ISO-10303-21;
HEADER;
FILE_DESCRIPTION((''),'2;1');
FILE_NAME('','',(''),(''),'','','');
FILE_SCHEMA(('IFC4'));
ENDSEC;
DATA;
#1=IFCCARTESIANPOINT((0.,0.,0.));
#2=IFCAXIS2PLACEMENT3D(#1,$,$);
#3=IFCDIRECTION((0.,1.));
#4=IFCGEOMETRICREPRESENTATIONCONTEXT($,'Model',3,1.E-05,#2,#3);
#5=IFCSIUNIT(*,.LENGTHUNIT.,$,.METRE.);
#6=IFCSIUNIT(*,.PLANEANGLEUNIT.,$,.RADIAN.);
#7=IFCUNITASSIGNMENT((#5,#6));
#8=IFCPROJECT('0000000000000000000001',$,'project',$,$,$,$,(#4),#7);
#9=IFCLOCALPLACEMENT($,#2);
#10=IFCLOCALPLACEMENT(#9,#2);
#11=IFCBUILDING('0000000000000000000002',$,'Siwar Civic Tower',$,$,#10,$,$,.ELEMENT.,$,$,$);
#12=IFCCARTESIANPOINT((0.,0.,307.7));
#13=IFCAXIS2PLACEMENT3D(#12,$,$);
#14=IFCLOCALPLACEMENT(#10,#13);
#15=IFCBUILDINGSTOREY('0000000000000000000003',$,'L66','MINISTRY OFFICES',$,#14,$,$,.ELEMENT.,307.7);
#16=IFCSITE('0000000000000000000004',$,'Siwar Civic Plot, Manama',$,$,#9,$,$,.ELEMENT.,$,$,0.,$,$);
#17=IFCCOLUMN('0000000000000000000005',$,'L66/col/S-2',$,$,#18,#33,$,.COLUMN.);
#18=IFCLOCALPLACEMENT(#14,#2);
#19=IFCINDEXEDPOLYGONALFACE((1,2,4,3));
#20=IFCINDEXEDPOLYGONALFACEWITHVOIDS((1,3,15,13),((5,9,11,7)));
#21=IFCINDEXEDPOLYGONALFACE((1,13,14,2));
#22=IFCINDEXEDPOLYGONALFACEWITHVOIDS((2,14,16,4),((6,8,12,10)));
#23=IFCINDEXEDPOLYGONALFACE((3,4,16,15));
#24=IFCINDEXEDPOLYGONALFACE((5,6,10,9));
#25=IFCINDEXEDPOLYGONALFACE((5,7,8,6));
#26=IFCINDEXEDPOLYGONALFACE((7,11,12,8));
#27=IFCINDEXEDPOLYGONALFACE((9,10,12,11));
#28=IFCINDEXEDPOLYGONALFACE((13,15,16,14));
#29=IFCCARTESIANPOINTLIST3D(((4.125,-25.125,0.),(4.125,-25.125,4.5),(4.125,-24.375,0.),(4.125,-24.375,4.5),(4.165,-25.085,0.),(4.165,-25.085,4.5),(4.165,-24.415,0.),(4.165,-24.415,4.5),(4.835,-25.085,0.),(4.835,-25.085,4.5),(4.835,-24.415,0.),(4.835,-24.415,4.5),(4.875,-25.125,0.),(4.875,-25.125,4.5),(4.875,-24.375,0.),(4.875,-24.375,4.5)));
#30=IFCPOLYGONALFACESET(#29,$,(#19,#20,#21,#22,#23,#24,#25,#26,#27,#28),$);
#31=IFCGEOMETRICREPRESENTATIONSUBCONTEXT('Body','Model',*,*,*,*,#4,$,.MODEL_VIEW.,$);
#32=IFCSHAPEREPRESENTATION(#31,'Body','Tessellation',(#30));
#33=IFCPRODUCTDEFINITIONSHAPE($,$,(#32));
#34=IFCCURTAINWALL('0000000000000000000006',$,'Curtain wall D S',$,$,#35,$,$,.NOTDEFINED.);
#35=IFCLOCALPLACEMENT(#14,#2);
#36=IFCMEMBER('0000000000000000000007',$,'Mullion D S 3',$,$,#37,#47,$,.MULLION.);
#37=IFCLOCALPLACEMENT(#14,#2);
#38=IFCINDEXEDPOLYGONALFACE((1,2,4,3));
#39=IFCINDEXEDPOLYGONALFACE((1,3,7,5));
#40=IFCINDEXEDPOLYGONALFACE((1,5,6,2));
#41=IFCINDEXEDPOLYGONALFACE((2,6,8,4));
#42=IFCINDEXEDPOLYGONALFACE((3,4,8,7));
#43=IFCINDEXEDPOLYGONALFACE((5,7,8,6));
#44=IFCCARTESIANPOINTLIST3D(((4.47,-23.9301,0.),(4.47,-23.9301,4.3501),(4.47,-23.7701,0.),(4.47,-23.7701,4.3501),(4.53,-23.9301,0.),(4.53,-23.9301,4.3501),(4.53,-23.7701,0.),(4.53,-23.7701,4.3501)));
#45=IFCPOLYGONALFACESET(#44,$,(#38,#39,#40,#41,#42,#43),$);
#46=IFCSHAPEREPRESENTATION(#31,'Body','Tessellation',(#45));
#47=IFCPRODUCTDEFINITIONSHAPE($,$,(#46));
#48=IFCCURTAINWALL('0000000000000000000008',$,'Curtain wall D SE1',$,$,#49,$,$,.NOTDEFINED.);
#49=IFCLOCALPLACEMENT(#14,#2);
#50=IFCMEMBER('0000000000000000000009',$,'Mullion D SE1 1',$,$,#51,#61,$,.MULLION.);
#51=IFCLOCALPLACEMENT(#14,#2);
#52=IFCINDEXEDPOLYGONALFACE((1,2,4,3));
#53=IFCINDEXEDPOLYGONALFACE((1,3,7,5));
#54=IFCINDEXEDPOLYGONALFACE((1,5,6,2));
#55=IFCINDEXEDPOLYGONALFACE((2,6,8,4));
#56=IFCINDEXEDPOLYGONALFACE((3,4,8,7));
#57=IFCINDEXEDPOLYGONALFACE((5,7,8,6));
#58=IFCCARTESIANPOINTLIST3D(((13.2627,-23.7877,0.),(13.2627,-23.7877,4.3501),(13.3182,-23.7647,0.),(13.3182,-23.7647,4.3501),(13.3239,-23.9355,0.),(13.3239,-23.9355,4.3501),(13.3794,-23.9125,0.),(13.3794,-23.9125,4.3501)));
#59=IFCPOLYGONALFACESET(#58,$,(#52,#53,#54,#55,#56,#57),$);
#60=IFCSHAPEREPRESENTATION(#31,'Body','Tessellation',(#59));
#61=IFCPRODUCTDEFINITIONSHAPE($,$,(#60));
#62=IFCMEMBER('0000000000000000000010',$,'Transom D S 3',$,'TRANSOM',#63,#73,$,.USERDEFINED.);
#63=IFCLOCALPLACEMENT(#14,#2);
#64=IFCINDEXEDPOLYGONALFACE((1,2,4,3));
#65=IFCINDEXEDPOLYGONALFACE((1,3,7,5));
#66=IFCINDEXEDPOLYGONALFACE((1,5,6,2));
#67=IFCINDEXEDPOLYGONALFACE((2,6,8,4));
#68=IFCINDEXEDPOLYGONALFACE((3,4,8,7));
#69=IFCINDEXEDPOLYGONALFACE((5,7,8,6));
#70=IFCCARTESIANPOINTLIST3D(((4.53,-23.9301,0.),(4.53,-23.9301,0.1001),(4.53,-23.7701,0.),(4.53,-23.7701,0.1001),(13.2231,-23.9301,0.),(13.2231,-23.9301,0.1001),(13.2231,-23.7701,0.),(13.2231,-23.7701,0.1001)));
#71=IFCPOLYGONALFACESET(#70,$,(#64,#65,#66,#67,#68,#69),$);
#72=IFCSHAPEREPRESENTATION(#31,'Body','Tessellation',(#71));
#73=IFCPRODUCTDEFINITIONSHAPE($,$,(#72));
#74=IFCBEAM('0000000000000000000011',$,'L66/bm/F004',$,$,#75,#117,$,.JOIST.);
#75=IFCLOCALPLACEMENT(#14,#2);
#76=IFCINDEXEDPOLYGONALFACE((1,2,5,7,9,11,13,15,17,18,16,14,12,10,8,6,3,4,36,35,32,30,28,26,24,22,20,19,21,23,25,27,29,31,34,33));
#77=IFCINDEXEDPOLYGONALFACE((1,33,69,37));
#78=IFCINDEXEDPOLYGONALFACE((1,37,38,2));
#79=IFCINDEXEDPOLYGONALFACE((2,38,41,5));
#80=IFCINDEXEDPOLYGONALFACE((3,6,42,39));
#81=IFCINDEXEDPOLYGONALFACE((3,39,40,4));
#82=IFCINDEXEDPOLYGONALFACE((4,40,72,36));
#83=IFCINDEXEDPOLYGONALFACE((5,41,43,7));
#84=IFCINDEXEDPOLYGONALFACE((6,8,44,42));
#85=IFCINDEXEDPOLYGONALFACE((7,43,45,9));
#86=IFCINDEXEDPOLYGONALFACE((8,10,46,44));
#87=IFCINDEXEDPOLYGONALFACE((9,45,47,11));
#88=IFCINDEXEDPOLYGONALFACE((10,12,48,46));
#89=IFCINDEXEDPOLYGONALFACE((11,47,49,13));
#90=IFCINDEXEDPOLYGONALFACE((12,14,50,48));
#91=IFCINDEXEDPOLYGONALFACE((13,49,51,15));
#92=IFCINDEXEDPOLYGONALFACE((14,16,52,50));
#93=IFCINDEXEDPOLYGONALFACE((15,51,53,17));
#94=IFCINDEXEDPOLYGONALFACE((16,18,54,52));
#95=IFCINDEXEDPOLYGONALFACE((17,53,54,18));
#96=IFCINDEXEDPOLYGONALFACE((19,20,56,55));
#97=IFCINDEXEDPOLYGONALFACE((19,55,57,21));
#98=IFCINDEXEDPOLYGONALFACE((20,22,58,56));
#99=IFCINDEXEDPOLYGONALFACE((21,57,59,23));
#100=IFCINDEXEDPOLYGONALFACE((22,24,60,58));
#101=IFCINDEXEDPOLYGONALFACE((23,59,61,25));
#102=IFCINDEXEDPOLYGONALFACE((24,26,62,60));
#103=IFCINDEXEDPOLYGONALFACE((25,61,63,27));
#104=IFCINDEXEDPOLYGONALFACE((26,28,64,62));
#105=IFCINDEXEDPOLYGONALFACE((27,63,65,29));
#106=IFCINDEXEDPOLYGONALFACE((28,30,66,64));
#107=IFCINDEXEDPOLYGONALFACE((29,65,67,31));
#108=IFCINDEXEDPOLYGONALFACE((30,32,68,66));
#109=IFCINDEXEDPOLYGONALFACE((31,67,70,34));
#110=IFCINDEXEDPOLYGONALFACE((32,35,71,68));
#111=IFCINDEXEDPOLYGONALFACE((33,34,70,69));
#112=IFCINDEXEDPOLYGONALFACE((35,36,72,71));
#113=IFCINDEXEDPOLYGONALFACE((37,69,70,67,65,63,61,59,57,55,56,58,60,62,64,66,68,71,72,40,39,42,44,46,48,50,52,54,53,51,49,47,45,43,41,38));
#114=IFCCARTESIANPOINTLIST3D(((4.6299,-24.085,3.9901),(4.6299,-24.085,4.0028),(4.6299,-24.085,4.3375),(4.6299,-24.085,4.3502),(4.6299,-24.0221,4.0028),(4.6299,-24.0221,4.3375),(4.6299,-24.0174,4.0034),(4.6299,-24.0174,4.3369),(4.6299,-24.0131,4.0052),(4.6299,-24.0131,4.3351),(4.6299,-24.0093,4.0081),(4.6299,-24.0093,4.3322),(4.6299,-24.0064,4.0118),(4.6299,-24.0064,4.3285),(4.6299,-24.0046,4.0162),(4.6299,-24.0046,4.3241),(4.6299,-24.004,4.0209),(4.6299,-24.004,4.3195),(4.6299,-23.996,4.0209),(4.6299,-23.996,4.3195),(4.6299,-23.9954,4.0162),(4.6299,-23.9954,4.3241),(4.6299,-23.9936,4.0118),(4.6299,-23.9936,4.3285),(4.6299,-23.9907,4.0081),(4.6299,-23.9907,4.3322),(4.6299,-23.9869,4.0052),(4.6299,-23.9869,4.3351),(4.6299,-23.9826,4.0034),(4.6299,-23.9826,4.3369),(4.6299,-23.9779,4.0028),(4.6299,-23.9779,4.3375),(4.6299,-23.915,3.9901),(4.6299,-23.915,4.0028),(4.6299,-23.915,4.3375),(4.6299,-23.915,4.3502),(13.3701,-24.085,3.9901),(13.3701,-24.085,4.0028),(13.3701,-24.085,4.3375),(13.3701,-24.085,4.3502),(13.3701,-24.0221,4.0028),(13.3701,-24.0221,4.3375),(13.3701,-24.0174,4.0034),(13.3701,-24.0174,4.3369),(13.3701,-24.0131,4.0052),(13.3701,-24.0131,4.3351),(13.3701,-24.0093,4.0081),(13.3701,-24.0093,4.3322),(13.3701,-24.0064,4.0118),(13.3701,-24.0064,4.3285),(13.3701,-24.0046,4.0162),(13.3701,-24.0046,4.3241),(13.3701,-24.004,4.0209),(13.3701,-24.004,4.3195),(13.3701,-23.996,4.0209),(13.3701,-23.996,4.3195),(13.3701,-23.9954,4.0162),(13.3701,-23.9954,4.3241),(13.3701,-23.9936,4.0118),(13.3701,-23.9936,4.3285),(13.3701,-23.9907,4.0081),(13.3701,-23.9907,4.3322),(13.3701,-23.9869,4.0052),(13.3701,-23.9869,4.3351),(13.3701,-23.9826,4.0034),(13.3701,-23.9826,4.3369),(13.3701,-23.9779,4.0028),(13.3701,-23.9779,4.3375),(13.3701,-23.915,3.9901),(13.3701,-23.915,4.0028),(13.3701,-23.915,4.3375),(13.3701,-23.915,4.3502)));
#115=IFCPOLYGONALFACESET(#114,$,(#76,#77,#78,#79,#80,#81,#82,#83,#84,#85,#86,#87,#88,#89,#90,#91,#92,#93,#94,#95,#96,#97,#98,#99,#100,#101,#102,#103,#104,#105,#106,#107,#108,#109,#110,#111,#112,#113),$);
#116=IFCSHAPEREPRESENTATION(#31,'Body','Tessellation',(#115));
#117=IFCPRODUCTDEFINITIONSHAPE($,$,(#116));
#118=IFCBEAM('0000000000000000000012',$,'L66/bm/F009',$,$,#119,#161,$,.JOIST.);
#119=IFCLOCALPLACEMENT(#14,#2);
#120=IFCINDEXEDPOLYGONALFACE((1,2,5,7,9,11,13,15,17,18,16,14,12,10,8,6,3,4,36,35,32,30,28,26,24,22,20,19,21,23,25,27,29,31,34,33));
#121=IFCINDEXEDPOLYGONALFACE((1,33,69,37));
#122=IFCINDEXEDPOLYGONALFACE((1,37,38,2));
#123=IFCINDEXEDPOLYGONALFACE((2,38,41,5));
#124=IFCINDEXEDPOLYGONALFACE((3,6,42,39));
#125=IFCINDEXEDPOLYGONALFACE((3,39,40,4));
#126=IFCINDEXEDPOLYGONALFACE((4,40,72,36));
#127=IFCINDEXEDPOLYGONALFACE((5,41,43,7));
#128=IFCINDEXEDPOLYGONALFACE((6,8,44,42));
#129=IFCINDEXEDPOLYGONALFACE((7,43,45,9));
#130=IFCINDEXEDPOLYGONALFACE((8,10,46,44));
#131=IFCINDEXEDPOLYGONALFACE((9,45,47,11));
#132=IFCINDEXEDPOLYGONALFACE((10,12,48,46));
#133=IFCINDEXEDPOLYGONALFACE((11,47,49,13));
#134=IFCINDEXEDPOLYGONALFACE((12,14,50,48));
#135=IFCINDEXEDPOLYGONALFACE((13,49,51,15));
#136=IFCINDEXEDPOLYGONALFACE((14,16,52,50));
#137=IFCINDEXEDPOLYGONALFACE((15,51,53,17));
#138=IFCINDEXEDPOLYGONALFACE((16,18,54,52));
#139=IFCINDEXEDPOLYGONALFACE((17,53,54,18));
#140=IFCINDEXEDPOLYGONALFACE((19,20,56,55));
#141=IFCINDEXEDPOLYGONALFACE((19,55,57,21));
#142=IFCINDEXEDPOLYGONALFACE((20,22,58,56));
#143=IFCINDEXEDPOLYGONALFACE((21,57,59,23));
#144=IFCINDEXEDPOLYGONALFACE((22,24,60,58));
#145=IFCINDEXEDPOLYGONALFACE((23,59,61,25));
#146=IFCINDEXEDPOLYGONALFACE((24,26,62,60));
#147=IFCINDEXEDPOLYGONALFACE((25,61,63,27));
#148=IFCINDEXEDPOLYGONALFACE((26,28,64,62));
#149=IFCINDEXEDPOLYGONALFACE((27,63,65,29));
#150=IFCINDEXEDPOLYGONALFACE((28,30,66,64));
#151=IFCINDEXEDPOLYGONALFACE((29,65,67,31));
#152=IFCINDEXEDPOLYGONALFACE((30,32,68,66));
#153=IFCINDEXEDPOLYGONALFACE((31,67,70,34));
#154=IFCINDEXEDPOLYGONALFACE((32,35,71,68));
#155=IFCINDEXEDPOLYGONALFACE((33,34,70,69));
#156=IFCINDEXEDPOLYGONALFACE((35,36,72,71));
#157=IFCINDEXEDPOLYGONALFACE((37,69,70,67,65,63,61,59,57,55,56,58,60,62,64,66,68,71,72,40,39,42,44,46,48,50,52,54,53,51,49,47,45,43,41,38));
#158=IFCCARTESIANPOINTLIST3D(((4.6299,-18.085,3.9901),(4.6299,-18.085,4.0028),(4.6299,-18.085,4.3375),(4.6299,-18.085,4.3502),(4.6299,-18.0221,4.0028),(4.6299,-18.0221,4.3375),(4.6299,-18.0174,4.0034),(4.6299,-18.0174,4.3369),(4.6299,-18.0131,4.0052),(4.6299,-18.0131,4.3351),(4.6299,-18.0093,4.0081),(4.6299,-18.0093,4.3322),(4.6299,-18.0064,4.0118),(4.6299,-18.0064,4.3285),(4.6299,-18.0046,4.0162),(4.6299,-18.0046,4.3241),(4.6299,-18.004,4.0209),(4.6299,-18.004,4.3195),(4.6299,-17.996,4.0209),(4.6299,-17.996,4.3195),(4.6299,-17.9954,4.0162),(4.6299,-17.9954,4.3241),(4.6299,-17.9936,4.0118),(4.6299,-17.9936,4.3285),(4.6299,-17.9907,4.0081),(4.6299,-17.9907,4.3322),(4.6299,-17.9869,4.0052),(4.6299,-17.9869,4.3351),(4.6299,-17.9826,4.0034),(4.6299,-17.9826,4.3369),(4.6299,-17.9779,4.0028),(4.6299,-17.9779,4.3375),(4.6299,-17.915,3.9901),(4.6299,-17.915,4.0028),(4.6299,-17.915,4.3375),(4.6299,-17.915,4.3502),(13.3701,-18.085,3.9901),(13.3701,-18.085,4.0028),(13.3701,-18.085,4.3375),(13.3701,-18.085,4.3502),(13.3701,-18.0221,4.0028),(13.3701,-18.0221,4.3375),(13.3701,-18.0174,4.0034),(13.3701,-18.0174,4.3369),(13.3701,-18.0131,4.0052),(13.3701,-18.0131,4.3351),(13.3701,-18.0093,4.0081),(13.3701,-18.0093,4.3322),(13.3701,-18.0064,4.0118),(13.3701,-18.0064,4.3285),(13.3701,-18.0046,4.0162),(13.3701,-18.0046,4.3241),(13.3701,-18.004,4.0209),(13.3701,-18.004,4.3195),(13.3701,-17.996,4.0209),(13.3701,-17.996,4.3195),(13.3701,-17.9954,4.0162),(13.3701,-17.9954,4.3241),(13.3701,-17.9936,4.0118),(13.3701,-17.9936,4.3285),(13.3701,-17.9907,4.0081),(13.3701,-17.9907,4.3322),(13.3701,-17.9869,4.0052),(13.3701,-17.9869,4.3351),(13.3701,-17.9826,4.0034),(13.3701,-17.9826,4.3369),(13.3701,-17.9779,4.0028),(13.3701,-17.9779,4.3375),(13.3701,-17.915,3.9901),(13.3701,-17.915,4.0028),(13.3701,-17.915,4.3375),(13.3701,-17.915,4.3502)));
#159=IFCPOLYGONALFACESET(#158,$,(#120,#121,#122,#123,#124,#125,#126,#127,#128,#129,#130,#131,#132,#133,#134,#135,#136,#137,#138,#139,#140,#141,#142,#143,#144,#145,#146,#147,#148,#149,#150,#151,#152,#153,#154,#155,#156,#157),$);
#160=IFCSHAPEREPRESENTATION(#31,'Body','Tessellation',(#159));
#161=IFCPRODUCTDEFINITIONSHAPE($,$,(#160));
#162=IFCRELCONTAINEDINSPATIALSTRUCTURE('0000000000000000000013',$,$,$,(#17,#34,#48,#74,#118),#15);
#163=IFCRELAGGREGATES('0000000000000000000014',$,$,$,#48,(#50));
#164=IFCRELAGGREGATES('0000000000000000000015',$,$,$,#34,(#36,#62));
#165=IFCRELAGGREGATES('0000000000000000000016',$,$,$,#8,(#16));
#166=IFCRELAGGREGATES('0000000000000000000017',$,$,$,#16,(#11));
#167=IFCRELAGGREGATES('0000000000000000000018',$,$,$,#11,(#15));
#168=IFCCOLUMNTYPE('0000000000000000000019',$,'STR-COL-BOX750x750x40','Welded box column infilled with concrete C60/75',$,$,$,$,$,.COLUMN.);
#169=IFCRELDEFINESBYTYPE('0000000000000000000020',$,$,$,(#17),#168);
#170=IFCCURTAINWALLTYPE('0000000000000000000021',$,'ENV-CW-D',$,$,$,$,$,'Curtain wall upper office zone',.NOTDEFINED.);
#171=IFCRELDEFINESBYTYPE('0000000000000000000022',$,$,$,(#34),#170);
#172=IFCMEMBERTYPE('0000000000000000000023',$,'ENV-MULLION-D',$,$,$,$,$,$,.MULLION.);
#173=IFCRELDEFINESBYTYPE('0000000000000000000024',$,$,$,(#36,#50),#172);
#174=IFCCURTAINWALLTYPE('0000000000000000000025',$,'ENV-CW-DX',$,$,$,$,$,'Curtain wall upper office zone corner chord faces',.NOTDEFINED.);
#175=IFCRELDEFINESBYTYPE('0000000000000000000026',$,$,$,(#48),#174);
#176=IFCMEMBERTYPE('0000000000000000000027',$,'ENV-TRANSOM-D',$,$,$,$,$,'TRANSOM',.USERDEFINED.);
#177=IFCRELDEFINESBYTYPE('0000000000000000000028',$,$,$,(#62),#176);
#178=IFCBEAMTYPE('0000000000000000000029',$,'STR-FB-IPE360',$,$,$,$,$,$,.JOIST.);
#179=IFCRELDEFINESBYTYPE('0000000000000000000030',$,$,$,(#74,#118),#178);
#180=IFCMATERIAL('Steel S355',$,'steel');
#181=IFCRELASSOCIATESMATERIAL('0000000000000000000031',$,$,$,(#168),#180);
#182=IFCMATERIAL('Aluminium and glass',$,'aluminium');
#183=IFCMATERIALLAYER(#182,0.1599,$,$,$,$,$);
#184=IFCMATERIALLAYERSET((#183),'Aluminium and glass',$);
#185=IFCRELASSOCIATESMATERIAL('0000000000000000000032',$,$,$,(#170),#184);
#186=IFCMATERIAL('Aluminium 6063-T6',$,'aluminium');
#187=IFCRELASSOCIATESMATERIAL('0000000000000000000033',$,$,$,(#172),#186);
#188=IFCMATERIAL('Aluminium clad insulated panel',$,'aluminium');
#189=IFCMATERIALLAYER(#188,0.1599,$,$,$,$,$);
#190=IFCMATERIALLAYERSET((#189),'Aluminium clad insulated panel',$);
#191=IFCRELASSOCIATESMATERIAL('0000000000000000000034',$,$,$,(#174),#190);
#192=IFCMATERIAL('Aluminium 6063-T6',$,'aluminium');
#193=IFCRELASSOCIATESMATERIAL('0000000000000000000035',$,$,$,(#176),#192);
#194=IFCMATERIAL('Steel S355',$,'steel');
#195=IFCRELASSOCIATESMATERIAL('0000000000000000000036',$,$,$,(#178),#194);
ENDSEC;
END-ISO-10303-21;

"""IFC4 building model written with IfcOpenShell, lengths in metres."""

from ifc_helpers import new_model, si_unit, direction, frame, origin, origin_2d, place, context, subcontext, project, spatial, rectangle, hollow_rectangle, i_section, extrude, material, layer, layer_set, material_profile, profile_set, type_object, element, aggregate, save


model = new_model("IFC4")

# Units and contexts
model_context = context("Model", 3, precision=1e-05, world=origin(), true_north=direction((0.0, 1.0)))
body_context = subcontext(model_context, "Body", "Model", "MODEL_VIEW")
ifc_project = project(units=[si_unit("LENGTHUNIT", "METRE"), si_unit("PLANEANGLEUNIT", "RADIAN")], contexts=[model_context])

# Site, building, storey
site_placement = place(None, origin())
site = spatial("IfcSite", under=ifc_project, at=site_placement, Name="Siwar Civic Plot, Manama", CompositionType="ELEMENT", RefElevation=0.0)
building_placement = place(site_placement, origin())
building = spatial("IfcBuilding", under=site, at=building_placement, Name="Siwar Civic Tower", CompositionType="ELEMENT")
storey_placement = place(building_placement, frame((0.0, 0.0, 307.7)))
storey = spatial("IfcBuildingStorey", under=building, at=storey_placement, Name="L66", Description="MINISTRY OFFICES", CompositionType="ELEMENT", Elevation=307.7)

# Column
ifc_material_1 = material(Name="Steel S355", Category="steel")
ifc_material_profile_1 = material_profile(ifc_material_1, hollow_rectangle(XDim=0.75, YDim=0.75, WallThickness=0.04, at=origin_2d()), Name="BOX750x750x40")
ifc_profile_set_1 = profile_set([ifc_material_profile_1], Name="Steel S355")
column_type = type_object("IfcColumnType", Name="STR-COL-BOX750x750x40", Description="Welded box column infilled with concrete C60/75", PredefinedType="COLUMN", material=ifc_profile_set_1)
column_placement = place(storey_placement, frame((4.5, -24.75, 0.0), z_axis=(0.0, 0.0, 1.0), x_axis=(1.0, 0.0, 0.0)))
element("IfcColumn", 1, at=column_placement, inside=storey, type_object=column_type, Name="L66/col/S-2", PredefinedType="COLUMN", context=body_context, shape_type="SweptSolid", body=[
    extrude(hollow_rectangle(XDim=0.75, YDim=0.75, WallThickness=0.04, at=origin_2d()), origin(), (0.0, 0.0, 1.0), 4.5),
])

# Curtain walls, members
ifc_material_2 = material(Name="Aluminium and glass", Category="aluminium")
ifc_layer_1 = layer(ifc_material_2, 0.1599)
ifc_layer_set_1 = layer_set([ifc_layer_1], Name="Aluminium and glass")
curtain_wall_type_1 = type_object("IfcCurtainWallType", Name="ENV-CW-D", ElementType="Curtain wall upper office zone", PredefinedType="NOTDEFINED", material=ifc_layer_set_1)
curtain_wall_1_placement = place(storey_placement, origin())
curtain_wall_1 = element("IfcCurtainWall", 2, at=curtain_wall_1_placement, inside=storey, type_object=curtain_wall_type_1, Name="Curtain wall D S", PredefinedType="NOTDEFINED")
ifc_material_3 = material(Name="Aluminium 6063-T6", Category="aluminium")
ifc_material_profile_2 = material_profile(ifc_material_3, rectangle(XDim=0.1599, YDim=0.0601, at=origin_2d()), Name="AL 160x60")
ifc_profile_set_2 = profile_set([ifc_material_profile_2], Name="Aluminium 6063-T6")
member_type_1 = type_object("IfcMemberType", Name="ENV-MULLION-D", PredefinedType="MULLION", material=ifc_profile_set_2)
member_1_placement = place(storey_placement, frame((4.5, -23.8501, 0.0), z_axis=(0.0, 0.0, 1.0), x_axis=(0.0, 1.0, 0.0)))
member_1 = element("IfcMember", 3, at=member_1_placement, type_object=member_type_1, Name="Mullion D S 3", PredefinedType="MULLION", context=body_context, shape_type="SweptSolid", body=[
    extrude(rectangle(XDim=0.1599, YDim=0.0601, at=origin_2d()), origin(), (0.0, 0.0, 1.0), 4.3501),
])
ifc_material_4 = material(Name="Aluminium clad insulated panel", Category="aluminium")
ifc_layer_2 = layer(ifc_material_4, 0.1599)
ifc_layer_set_2 = layer_set([ifc_layer_2], Name="Aluminium clad insulated panel")
curtain_wall_type_2 = type_object("IfcCurtainWallType", Name="ENV-CW-DX", ElementType="Curtain wall upper office zone corner chord faces", PredefinedType="NOTDEFINED", material=ifc_layer_set_2)
curtain_wall_2_placement = place(storey_placement, origin())
curtain_wall_2 = element("IfcCurtainWall", 4, at=curtain_wall_2_placement, inside=storey, type_object=curtain_wall_type_2, Name="Curtain wall D SE1", PredefinedType="NOTDEFINED")
member_2_placement = place(storey_placement, frame((13.321, -23.8501, 0.0), z_axis=(0.0, 0.0, 1.0), x_axis=(-0.382683, 0.92388, 0.0)))
member_2 = element("IfcMember", 5, at=member_2_placement, type_object=member_type_1, Name="Mullion D SE1 1", PredefinedType="MULLION", context=body_context, shape_type="SweptSolid", body=[
    extrude(rectangle(XDim=0.1599, YDim=0.0601, at=origin_2d()), origin(), (0.0, 0.0, 1.0), 4.3501),
])
aggregate(curtain_wall_2, [member_2])

# Member
ifc_material_5 = material(Name="Aluminium 6063-T6", Category="aluminium")
ifc_material_profile_3 = material_profile(ifc_material_5, rectangle(XDim=0.1599, YDim=0.1001, at=origin_2d()), Name="AL 160x100")
ifc_profile_set_3 = profile_set([ifc_material_profile_3], Name="Aluminium 6063-T6")
member_type_2 = type_object("IfcMemberType", Name="ENV-TRANSOM-D", ElementType="TRANSOM", PredefinedType="USERDEFINED", material=ifc_profile_set_3)
member_3_placement = place(storey_placement, frame((4.53, -23.8501, 0.05), z_axis=(1.0, 0.0, 0.0), x_axis=(0.0, 1.0, 0.0)))
member_3 = element("IfcMember", 6, at=member_3_placement, type_object=member_type_2, Name="Transom D S 3", ObjectType="TRANSOM", PredefinedType="USERDEFINED", context=body_context, shape_type="SweptSolid", body=[
    extrude(rectangle(XDim=0.1599, YDim=0.1001, at=origin_2d()), origin(), (0.0, 0.0, 1.0), 8.6931),
])

# Beams
ifc_material_6 = material(Name="Steel S355", Category="steel")
ifc_material_profile_4 = material_profile(ifc_material_6, i_section(OverallWidth=0.1699, OverallDepth=0.3601, WebThickness=0.0081, FlangeThickness=0.0127, FilletRadius=0.0181, at=origin_2d()), Name="IPE360")
ifc_profile_set_4 = profile_set([ifc_material_profile_4], Name="Steel S355")
beam_type_1 = type_object("IfcBeamType", Name="STR-FB-IPE360", PredefinedType="JOIST", material=ifc_profile_set_4)
for number, where, z_axis, x_axis, name in (
    (7, (4.6299, -24.0, 4.1702), (1.0, 0.0, 0.0), (0.0, 1.0, 0.0), "L66/bm/F004"),
    (8, (4.6299, -18.0, 4.1702), (1.0, 0.0, 0.0), (0.0, 1.0, 0.0), "L66/bm/F009"),
):
    element("IfcBeam", number, at=place(storey_placement, frame(where, z_axis=z_axis, x_axis=x_axis)), inside=storey, type_object=beam_type_1, Name=name, PredefinedType="JOIST", context=body_context, shape_type="SweptSolid", body=[
        extrude(i_section(OverallWidth=0.1699, OverallDepth=0.3601, WebThickness=0.0081, FlangeThickness=0.0127, FilletRadius=0.0181, at=origin_2d()), origin(), (0.0, 0.0, 1.0), 8.7402),
    ])

aggregate(curtain_wall_1, [member_1, member_3])

save(model, "model.ifc")
